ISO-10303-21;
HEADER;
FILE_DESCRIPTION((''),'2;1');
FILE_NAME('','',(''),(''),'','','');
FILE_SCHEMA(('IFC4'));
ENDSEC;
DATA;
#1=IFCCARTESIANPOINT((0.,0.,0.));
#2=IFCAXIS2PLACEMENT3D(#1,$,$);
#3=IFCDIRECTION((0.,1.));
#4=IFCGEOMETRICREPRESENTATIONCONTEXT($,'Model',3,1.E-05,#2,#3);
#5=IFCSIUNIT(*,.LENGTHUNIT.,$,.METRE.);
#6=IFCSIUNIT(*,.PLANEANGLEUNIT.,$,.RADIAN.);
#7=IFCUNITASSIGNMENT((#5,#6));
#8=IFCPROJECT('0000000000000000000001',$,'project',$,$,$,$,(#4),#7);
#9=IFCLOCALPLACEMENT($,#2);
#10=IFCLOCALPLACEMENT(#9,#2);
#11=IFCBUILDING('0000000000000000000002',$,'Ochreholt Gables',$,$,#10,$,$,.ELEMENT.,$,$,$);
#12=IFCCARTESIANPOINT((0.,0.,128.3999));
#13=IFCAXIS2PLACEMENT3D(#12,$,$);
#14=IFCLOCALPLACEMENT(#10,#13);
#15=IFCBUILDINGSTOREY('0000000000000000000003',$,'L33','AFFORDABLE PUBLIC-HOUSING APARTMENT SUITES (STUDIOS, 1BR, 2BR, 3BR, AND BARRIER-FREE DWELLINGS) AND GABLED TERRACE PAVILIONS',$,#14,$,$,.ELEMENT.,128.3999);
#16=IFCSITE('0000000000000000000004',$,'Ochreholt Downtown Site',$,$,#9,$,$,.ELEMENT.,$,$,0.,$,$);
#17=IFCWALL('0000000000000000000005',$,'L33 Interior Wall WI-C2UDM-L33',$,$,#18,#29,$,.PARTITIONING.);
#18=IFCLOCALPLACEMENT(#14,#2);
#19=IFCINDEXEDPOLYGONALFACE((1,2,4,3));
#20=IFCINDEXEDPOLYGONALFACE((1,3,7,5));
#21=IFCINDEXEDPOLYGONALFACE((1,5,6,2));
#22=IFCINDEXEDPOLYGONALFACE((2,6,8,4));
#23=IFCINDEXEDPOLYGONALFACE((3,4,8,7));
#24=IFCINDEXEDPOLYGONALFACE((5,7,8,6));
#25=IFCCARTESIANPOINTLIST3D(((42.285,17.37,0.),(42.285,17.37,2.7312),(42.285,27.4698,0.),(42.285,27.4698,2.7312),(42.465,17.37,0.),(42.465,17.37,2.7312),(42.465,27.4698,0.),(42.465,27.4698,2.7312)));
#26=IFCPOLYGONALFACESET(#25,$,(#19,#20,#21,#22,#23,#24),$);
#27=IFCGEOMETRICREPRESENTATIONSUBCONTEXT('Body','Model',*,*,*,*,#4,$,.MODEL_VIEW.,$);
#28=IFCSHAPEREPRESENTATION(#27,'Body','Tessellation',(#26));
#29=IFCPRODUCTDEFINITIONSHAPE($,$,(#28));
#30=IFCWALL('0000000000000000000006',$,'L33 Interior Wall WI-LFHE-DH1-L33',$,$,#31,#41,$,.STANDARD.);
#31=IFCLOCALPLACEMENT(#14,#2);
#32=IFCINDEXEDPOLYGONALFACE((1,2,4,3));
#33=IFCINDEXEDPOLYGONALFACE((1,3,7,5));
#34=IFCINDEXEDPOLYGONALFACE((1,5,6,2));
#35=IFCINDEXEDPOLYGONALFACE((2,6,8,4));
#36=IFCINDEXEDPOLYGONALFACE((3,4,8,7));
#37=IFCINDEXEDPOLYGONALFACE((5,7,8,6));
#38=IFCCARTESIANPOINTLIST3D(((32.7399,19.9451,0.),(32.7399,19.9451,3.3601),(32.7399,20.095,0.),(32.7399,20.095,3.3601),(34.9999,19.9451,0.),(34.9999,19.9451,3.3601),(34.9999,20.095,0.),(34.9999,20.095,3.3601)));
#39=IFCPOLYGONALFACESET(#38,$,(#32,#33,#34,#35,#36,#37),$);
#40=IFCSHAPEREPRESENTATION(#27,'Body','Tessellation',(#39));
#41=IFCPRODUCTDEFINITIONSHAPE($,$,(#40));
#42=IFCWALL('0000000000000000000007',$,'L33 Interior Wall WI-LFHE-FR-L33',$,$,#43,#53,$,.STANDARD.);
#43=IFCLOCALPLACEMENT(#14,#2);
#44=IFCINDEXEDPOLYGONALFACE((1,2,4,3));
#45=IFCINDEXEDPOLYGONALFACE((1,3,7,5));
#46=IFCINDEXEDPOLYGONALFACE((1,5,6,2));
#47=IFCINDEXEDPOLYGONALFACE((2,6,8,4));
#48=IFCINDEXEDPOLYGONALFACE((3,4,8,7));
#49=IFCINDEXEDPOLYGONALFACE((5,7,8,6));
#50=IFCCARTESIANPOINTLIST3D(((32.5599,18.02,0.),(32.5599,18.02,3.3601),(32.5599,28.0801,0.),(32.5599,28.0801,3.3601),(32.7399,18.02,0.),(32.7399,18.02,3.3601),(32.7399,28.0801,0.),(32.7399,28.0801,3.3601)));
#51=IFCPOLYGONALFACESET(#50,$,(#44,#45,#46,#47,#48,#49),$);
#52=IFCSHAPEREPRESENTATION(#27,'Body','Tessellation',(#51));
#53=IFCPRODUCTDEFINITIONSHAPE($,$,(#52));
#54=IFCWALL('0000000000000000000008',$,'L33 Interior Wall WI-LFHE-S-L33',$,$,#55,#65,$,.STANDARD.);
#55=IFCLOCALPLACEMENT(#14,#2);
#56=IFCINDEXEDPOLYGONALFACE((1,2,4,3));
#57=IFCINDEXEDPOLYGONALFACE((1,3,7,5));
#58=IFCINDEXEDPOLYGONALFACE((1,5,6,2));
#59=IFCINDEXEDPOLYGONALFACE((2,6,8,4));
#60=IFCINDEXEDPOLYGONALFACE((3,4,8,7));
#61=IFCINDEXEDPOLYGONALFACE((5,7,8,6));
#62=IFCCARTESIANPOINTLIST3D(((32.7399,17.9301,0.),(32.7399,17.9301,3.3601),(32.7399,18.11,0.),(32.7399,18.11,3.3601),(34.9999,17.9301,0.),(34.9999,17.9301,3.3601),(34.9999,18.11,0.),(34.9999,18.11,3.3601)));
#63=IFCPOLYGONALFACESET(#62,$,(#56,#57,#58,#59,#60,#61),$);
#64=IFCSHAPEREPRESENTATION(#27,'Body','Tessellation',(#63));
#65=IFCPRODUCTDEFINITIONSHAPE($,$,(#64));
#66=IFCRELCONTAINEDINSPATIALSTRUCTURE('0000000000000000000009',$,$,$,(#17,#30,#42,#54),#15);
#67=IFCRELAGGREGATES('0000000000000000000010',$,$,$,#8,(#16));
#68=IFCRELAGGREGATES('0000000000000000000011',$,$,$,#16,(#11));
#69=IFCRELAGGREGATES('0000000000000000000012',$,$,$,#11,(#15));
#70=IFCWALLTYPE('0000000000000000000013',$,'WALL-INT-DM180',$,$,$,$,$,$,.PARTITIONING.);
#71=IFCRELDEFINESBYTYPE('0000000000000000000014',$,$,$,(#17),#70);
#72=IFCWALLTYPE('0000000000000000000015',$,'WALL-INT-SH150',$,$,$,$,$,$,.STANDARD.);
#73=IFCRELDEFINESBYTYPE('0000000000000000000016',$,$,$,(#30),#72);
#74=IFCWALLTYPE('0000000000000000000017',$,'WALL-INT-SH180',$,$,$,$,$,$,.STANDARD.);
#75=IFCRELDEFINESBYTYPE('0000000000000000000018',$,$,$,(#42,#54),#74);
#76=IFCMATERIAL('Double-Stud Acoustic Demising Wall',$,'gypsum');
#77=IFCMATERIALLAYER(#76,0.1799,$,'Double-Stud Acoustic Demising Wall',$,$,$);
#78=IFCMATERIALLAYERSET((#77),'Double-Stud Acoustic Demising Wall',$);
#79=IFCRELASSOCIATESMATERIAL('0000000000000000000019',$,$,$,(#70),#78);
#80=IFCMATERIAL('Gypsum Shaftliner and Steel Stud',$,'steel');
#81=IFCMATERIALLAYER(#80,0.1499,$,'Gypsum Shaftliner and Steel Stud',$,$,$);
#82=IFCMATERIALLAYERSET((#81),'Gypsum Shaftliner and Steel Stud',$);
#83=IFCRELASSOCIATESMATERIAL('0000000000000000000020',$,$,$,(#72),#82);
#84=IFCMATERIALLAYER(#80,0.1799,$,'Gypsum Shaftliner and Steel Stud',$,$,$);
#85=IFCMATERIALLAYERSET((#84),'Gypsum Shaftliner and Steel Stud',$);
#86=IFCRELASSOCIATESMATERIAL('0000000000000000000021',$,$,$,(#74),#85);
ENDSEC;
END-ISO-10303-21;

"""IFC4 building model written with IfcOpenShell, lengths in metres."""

from ifc_helpers import new_model, si_unit, direction, frame, frame_2d, origin, place, context, subcontext, project, spatial, rectangle, extrude, material, layer, layer_set, type_object, element, save


model = new_model("IFC4")

# Units and contexts
model_context = context("Model", 3, precision=1e-05, world=origin(), true_north=direction((0.0, 1.0)))
body_context = subcontext(model_context, "Body", "Model", "MODEL_VIEW")
ifc_project = project(units=[si_unit("LENGTHUNIT", "METRE"), si_unit("PLANEANGLEUNIT", "RADIAN")], contexts=[model_context])

# Site, building, storey
site_placement = place(None, origin())
site = spatial("IfcSite", under=ifc_project, at=site_placement, Name="Ochreholt Downtown Site", CompositionType="ELEMENT", RefElevation=0.0)
building_placement = place(site_placement, origin())
building = spatial("IfcBuilding", under=site, at=building_placement, Name="Ochreholt Gables", CompositionType="ELEMENT")
storey_placement = place(building_placement, frame((0.0, 0.0, 128.3999)))
storey = spatial("IfcBuildingStorey", under=building, at=storey_placement, Name="L33", Description="AFFORDABLE PUBLIC-HOUSING APARTMENT SUITES (STUDIOS, 1BR, 2BR, 3BR, AND BARRIER-FREE DWELLINGS) AND GABLED TERRACE PAVILIONS", CompositionType="ELEMENT", Elevation=128.3999)

# Wall
ifc_material_1 = material(Name="Double-Stud Acoustic Demising Wall", Category="gypsum")
ifc_layer_1 = layer(ifc_material_1, 0.1799, Name="Double-Stud Acoustic Demising Wall")
ifc_layer_set_1 = layer_set([ifc_layer_1], Name="Double-Stud Acoustic Demising Wall")
wall_type_1 = type_object("IfcWallType", Name="WALL-INT-DM180", PredefinedType="PARTITIONING", material=ifc_layer_set_1)
wall_1_placement = place(storey_placement, frame((42.375, 17.3701, 0.0), z_axis=(0.0, 0.0, 1.0), x_axis=(0.0, 1.0, 0.0)))
element("IfcWall", 1, at=wall_1_placement, inside=storey, type_object=wall_type_1, Name="L33 Interior Wall WI-C2UDM-L33", PredefinedType="PARTITIONING", context=body_context, shape_type="SweptSolid", body=[
    extrude(rectangle(XDim=10.0999, YDim=0.1799, at=frame_2d((5.0498, 0.0))), origin(), (0.0, 0.0, 1.0), 2.7312),
])

# Walls
ifc_material_2 = material(Name="Gypsum Shaftliner and Steel Stud", Category="steel")
ifc_layer_2 = layer(ifc_material_2, 0.1499, Name="Gypsum Shaftliner and Steel Stud")
ifc_layer_set_2 = layer_set([ifc_layer_2], Name="Gypsum Shaftliner and Steel Stud")
wall_type_2 = type_object("IfcWallType", Name="WALL-INT-SH150", PredefinedType="STANDARD", material=ifc_layer_set_2)
wall_2_placement = place(storey_placement, frame((32.74, 20.02, 0.0), z_axis=(0.0, 0.0, 1.0), x_axis=(1.0, 0.0, 0.0)))
element("IfcWall", 2, at=wall_2_placement, inside=storey, type_object=wall_type_2, Name="L33 Interior Wall WI-LFHE-DH1-L33", PredefinedType="STANDARD", context=body_context, shape_type="SweptSolid", body=[
    extrude(rectangle(XDim=2.26, YDim=0.1499, at=frame_2d((1.1299, 0.0))), origin(), (0.0, 0.0, 1.0), 3.3601),
])
ifc_layer_3 = layer(ifc_material_2, 0.1799, Name="Gypsum Shaftliner and Steel Stud")
ifc_layer_set_3 = layer_set([ifc_layer_3], Name="Gypsum Shaftliner and Steel Stud")
wall_type_3 = type_object("IfcWallType", Name="WALL-INT-SH180", PredefinedType="STANDARD", material=ifc_layer_set_3)
wall_3_placement = place(storey_placement, frame((32.6499, 18.02, 0.0), z_axis=(0.0, 0.0, 1.0), x_axis=(0.0, 1.0, 0.0)))
element("IfcWall", 3, at=wall_3_placement, inside=storey, type_object=wall_type_3, Name="L33 Interior Wall WI-LFHE-FR-L33", PredefinedType="STANDARD", context=body_context, shape_type="SweptSolid", body=[
    extrude(rectangle(XDim=10.0601, YDim=0.1799, at=frame_2d((5.03, 0.0))), origin(), (0.0, 0.0, 1.0), 3.3601),
])
wall_4_placement = place(storey_placement, frame((32.74, 18.02, 0.0), z_axis=(0.0, 0.0, 1.0), x_axis=(1.0, 0.0, 0.0)))
element("IfcWall", 4, at=wall_4_placement, inside=storey, type_object=wall_type_3, Name="L33 Interior Wall WI-LFHE-S-L33", PredefinedType="STANDARD", context=body_context, shape_type="SweptSolid", body=[
    extrude(rectangle(XDim=2.26, YDim=0.1799, at=frame_2d((1.1299, 0.0))), origin(), (0.0, 0.0, 1.0), 3.3601),
])

save(model, "model.ifc")
